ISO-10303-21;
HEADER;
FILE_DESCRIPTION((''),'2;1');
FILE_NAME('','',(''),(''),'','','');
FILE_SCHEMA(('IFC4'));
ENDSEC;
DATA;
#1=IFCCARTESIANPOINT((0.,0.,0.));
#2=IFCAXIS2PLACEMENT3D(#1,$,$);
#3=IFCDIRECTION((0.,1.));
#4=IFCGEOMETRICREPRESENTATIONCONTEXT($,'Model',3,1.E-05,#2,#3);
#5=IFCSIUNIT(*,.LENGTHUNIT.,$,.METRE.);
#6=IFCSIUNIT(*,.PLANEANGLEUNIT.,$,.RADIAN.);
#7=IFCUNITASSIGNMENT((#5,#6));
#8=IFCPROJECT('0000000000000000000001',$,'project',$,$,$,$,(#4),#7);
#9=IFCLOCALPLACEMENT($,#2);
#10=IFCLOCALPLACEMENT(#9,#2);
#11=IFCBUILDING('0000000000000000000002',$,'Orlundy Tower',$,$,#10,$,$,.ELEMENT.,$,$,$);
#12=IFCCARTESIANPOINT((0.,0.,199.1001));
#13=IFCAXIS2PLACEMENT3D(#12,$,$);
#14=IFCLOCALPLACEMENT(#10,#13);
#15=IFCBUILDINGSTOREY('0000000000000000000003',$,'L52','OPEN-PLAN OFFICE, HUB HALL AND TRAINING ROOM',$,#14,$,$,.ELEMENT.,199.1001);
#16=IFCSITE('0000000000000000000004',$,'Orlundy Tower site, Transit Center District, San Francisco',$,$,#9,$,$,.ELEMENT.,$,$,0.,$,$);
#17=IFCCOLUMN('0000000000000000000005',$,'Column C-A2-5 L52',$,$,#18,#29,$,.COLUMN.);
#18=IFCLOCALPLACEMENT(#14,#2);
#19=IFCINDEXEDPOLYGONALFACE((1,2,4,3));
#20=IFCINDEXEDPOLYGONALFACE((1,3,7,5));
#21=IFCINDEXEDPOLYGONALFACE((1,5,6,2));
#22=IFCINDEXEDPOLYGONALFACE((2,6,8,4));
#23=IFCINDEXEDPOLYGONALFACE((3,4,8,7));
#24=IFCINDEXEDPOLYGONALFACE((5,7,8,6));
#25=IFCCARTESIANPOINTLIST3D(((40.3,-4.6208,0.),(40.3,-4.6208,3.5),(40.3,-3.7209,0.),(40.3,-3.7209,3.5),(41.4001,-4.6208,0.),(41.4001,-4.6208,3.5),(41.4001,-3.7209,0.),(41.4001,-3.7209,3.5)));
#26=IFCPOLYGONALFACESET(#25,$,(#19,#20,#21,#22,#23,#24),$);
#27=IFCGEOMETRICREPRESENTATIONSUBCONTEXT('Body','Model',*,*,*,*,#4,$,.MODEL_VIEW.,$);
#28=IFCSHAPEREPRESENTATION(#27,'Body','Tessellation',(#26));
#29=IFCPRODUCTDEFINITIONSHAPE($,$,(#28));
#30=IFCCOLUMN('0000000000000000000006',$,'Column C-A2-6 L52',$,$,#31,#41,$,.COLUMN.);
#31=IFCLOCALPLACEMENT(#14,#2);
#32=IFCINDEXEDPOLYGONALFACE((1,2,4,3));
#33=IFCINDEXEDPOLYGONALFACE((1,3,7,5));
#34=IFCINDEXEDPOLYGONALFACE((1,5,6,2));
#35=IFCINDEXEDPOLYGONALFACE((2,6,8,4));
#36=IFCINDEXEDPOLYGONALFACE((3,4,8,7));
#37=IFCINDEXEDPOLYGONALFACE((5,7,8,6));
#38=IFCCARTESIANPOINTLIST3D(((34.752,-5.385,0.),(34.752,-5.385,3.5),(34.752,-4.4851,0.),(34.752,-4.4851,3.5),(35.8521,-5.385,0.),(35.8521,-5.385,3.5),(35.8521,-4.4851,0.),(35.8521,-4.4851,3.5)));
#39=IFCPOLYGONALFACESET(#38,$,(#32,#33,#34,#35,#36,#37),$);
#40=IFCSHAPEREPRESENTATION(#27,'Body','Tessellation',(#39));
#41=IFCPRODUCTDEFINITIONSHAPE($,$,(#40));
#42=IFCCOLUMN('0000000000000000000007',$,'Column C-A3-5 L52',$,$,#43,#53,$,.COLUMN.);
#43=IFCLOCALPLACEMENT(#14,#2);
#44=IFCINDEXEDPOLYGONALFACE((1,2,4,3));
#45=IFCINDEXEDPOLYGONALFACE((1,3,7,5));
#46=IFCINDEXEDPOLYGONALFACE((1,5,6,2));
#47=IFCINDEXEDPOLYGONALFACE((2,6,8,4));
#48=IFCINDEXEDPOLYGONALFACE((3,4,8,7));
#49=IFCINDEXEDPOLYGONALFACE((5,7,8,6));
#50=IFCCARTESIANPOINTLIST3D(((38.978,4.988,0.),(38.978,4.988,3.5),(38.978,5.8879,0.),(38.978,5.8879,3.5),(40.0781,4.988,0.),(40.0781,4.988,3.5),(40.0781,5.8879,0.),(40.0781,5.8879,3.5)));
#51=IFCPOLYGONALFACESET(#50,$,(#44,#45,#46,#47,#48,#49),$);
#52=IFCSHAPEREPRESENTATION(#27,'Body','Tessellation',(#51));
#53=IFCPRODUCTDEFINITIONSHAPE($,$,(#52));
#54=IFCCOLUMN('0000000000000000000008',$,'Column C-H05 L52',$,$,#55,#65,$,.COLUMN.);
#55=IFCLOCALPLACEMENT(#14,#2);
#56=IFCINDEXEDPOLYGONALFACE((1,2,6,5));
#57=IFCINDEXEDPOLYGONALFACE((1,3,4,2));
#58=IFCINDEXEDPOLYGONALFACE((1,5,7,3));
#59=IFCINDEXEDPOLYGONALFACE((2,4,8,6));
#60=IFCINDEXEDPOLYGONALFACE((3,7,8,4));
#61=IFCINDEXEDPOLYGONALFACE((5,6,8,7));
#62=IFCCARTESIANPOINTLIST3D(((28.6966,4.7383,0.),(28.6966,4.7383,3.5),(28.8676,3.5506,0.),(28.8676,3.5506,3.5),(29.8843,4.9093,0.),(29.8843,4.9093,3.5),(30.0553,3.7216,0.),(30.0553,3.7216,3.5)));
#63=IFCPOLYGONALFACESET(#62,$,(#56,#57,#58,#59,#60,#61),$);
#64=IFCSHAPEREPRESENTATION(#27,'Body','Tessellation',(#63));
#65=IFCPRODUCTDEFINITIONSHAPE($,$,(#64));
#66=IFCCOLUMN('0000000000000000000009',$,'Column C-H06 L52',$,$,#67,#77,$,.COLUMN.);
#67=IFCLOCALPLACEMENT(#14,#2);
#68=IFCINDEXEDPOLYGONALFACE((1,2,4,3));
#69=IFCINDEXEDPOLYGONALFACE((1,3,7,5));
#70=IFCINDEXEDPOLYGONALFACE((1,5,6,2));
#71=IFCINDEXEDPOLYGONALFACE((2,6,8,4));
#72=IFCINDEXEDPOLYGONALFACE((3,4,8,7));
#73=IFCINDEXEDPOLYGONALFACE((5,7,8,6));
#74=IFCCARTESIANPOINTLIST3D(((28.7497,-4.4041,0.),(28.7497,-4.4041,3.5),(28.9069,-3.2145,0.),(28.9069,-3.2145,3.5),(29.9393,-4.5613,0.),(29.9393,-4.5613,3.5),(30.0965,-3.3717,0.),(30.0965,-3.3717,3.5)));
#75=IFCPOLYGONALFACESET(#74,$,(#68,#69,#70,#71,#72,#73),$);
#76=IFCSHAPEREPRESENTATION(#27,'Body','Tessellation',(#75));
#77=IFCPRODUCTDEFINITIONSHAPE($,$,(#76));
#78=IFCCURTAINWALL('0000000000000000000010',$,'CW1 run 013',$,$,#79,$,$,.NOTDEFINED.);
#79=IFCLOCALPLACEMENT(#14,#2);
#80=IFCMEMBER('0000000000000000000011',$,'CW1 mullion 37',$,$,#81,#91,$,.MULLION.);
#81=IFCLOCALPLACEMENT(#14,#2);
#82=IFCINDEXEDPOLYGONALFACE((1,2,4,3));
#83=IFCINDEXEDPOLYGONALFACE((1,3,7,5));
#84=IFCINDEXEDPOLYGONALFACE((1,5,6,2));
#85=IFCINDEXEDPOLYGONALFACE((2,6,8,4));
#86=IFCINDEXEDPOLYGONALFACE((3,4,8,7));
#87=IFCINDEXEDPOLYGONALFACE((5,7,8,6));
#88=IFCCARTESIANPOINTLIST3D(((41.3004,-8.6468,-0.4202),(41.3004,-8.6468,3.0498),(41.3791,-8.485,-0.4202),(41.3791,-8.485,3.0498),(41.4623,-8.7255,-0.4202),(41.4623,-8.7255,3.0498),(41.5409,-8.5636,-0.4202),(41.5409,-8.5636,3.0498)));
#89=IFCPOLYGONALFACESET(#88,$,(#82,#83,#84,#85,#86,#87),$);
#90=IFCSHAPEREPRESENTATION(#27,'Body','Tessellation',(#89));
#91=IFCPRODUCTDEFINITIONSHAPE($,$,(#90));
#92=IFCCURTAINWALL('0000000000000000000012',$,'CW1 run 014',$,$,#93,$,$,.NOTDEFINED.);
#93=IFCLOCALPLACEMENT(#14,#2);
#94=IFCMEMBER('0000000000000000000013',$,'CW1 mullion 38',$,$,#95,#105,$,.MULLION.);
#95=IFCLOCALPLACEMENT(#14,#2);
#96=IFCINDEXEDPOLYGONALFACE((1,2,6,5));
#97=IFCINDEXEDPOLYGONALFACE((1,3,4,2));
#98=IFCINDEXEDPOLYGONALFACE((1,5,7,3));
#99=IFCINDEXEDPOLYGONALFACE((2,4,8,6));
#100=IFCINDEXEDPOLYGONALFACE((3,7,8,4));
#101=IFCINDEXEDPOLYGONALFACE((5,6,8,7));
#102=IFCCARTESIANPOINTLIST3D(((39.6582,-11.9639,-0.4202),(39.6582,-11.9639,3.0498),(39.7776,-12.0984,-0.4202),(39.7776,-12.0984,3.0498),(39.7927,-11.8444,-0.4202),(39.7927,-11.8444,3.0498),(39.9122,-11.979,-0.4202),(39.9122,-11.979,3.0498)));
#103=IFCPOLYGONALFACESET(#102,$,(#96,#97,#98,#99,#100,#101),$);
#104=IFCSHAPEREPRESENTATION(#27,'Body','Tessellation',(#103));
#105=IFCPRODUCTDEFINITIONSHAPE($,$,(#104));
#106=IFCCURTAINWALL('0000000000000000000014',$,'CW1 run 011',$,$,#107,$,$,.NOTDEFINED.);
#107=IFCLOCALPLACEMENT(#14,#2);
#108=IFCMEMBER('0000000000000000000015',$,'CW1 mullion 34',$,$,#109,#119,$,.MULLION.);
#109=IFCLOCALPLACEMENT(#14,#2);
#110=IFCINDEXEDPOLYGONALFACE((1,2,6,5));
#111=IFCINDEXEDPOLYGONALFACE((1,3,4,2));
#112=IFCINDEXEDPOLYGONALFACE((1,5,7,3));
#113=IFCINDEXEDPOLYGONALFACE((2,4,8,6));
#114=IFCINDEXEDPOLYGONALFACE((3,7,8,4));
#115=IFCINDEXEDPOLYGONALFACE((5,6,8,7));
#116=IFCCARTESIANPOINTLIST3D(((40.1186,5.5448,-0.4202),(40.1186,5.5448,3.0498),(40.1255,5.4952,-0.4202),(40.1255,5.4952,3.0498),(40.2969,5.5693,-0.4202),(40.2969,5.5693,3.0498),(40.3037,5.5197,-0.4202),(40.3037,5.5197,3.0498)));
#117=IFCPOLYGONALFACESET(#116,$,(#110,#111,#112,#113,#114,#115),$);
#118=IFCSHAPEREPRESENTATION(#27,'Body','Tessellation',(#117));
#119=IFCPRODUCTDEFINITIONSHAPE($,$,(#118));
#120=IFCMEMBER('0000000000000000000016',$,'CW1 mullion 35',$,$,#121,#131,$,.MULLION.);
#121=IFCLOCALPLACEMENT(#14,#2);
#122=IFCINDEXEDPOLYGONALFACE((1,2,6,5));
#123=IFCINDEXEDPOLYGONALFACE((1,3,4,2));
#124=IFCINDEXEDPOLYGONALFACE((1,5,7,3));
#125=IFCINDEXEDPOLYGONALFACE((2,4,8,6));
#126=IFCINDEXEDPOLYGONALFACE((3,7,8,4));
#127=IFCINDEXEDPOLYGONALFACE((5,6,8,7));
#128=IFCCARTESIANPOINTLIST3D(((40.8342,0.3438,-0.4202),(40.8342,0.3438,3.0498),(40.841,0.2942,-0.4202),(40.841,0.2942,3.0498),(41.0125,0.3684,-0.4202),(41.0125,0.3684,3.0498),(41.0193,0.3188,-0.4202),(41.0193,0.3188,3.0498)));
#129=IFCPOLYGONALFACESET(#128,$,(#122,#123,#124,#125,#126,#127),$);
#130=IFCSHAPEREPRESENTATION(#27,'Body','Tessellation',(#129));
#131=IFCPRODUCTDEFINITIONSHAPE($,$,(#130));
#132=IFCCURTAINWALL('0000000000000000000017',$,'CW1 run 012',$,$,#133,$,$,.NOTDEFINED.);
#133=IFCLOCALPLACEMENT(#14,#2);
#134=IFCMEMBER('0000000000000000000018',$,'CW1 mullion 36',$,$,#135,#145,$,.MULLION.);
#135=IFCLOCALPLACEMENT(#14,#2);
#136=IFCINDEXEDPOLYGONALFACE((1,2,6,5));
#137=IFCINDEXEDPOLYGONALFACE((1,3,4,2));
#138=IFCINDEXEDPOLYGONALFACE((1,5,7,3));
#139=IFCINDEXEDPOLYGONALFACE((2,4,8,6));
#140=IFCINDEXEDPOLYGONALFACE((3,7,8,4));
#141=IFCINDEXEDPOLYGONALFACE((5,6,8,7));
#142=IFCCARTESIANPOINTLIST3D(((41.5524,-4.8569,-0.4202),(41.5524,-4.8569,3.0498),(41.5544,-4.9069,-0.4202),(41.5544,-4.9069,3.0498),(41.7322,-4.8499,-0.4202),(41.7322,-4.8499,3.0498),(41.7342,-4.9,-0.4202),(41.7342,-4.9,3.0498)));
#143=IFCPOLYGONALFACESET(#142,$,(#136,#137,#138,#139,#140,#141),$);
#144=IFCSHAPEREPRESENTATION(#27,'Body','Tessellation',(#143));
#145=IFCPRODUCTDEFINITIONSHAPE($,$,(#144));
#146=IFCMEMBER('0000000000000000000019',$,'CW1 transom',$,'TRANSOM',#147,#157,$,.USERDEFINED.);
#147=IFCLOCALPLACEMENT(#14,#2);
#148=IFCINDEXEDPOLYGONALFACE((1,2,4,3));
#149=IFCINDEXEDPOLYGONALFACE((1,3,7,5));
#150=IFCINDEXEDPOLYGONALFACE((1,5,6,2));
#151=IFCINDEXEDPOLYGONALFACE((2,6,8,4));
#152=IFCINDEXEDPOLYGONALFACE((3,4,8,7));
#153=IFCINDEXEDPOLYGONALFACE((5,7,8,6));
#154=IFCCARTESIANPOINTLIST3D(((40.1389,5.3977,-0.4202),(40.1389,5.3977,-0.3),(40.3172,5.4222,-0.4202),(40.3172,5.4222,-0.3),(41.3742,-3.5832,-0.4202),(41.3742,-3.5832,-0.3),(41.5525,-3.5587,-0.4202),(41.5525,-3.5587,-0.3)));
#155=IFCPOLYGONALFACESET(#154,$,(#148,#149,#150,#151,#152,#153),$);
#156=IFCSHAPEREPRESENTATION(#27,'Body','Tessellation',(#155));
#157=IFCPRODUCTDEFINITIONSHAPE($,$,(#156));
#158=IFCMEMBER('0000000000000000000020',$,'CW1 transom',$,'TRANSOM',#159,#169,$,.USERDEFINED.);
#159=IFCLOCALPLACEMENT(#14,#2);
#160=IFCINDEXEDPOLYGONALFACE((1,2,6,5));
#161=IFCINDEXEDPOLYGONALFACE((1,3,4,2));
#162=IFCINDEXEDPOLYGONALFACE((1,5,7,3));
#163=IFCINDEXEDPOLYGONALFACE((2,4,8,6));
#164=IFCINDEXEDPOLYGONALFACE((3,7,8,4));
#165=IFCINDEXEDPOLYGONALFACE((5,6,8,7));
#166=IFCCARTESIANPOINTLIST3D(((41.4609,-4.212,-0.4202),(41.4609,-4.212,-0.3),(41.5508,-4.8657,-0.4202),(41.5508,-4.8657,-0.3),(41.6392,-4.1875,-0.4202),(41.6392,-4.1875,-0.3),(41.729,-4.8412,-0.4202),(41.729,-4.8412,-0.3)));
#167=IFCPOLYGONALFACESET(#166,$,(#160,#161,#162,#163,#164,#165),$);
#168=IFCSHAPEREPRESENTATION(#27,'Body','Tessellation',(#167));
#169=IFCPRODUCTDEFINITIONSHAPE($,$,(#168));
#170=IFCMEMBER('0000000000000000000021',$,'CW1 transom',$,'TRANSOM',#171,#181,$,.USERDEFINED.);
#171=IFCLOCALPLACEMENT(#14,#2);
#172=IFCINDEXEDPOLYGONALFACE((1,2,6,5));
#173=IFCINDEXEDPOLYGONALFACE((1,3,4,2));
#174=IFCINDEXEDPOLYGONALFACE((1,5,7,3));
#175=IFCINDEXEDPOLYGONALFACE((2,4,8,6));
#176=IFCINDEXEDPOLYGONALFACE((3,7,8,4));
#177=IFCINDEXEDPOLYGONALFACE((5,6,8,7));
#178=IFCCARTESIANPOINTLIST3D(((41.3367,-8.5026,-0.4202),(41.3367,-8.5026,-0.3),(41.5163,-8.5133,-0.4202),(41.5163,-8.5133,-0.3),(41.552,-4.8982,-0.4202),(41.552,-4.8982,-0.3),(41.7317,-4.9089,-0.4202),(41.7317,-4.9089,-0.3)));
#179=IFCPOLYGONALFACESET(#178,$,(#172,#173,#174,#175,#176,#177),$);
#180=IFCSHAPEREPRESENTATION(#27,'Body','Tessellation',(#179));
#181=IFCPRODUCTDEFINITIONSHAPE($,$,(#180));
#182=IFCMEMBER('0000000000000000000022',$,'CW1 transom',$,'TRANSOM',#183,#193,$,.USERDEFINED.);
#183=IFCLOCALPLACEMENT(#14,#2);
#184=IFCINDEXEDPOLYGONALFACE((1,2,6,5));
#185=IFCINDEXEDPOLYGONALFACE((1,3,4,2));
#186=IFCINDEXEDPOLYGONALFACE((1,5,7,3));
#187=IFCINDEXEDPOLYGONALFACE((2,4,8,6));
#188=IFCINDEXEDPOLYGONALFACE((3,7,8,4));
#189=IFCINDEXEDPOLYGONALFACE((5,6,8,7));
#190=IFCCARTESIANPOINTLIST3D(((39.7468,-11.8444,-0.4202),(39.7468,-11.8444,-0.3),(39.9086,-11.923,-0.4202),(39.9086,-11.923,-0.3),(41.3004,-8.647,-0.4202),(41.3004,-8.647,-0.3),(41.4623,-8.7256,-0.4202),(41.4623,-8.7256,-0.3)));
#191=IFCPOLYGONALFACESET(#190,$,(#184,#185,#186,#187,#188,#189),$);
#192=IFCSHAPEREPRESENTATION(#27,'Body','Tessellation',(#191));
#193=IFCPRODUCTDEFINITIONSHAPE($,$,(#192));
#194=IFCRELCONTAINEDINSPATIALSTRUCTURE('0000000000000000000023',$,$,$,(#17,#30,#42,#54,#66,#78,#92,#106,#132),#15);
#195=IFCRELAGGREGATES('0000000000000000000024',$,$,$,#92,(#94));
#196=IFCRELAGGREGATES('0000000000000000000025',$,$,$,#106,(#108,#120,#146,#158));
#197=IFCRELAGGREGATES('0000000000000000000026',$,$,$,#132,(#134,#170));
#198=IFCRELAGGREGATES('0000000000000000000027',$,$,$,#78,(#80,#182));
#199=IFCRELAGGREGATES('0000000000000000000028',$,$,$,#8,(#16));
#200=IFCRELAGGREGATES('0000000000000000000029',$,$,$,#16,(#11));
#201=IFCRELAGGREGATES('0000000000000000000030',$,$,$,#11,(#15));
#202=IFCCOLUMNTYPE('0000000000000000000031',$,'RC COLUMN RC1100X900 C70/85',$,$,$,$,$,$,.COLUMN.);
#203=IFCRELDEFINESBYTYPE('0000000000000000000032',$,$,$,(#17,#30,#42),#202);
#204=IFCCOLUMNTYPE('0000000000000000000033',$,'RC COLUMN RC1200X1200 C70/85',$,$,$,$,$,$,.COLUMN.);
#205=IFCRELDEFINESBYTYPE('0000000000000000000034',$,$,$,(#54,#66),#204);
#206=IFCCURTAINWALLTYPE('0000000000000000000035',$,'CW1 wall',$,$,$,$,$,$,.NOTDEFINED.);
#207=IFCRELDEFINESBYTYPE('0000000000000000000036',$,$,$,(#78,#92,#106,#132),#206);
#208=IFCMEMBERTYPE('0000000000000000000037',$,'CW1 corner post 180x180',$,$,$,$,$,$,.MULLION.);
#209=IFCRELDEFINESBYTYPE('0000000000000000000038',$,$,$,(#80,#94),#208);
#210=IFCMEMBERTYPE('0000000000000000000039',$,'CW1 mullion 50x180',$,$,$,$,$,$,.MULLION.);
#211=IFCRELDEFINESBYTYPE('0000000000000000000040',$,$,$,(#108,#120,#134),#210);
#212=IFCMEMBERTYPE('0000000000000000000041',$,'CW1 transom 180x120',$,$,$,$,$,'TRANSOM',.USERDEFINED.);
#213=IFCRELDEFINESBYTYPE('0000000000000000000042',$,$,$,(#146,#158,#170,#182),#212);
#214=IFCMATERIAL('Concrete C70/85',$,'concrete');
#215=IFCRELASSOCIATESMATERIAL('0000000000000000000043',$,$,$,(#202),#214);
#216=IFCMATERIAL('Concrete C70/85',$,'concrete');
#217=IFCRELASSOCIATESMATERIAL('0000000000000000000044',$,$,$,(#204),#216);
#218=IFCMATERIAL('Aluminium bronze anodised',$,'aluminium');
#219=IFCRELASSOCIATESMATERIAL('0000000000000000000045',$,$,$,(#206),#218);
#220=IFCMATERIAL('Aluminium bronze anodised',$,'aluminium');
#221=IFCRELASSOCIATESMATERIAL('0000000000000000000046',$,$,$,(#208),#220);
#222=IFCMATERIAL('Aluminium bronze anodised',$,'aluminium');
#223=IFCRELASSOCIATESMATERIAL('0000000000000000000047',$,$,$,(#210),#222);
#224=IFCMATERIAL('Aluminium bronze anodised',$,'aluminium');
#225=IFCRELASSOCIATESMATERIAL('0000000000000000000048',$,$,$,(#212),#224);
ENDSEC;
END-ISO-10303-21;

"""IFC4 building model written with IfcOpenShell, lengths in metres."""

from ifc_helpers import new_model, si_unit, direction, frame, origin, origin_2d, place, context, subcontext, project, spatial, rectangle, extrude, material, material_profile, profile_set, type_object, element, aggregate, save


model = new_model("IFC4")

# Units and contexts
model_context = context("Model", 3, precision=1e-05, world=origin(), true_north=direction((0.0, 1.0)))
body_context = subcontext(model_context, "Body", "Model", "MODEL_VIEW")
ifc_project = project(units=[si_unit("LENGTHUNIT", "METRE"), si_unit("PLANEANGLEUNIT", "RADIAN")], contexts=[model_context])

# Site, building, storey
site_placement = place(None, origin())
site = spatial("IfcSite", under=ifc_project, at=site_placement, Name="Orlundy Tower site, Transit Center District, San Francisco", CompositionType="ELEMENT", RefElevation=0.0)
building_placement = place(site_placement, origin())
building = spatial("IfcBuilding", under=site, at=building_placement, Name="Orlundy Tower", CompositionType="ELEMENT")
storey_placement = place(building_placement, frame((0.0, 0.0, 199.1001)))
storey = spatial("IfcBuildingStorey", under=building, at=storey_placement, Name="L52", Description="OPEN-PLAN OFFICE, HUB HALL AND TRAINING ROOM", CompositionType="ELEMENT", Elevation=199.1001)

# Columns
ifc_material_1 = material(Name="Concrete C70/85", Category="concrete")
ifc_material_profile_1 = material_profile(ifc_material_1, rectangle(XDim=1.1001, YDim=0.8999, at=origin_2d()), Name="RC1100X900")
ifc_profile_set_1 = profile_set([ifc_material_profile_1], Name="Concrete C70/85")
column_type_1 = type_object("IfcColumnType", Name="RC COLUMN RC1100X900 C70/85", PredefinedType="COLUMN", material=ifc_profile_set_1)
for number, where, z_axis, x_axis, name in (
    (1, (40.8501, -4.1709, 0.0), (0.0, 0.0, 1.0), (1.0, 0.0, 0.0), "Column C-A2-5 L52"),
    (2, (35.302, -4.9351, 0.0), (0.0, 0.0, 1.0), (1.0, 0.0, 0.0), "Column C-A2-6 L52"),
    (3, (39.5281, 5.438, 0.0), (0.0, 0.0, 1.0), (1.0, 0.0, 0.0), "Column C-A3-5 L52"),
):
    element("IfcColumn", number, at=place(storey_placement, frame(where, z_axis=z_axis, x_axis=x_axis)), inside=storey, type_object=column_type_1, Name=name, PredefinedType="COLUMN", context=body_context, shape_type="SweptSolid", body=[
        extrude(rectangle(XDim=1.1001, YDim=0.8999, at=origin_2d()), origin(), (0.0, 0.0, 1.0), 3.5),
    ])
ifc_material_2 = material(Name="Concrete C70/85", Category="concrete")
ifc_material_profile_2 = material_profile(ifc_material_2, rectangle(XDim=1.2, YDim=1.2, at=origin_2d()), Name="RC1200X1200")
ifc_profile_set_2 = profile_set([ifc_material_profile_2], Name="Concrete C70/85")
column_type_2 = type_object("IfcColumnType", Name="RC COLUMN RC1200X1200 C70/85", PredefinedType="COLUMN", material=ifc_profile_set_2)
for number, where, z_axis, x_axis, name in (
    (4, (29.376, 4.23, 0.0), (0.0, 0.0, 1.0), (0.989791, 0.142525, 0.0), "Column C-H05 L52"),
    (5, (29.4231, -3.8879, 0.0), (0.0, 0.0, 1.0), (0.991381, -0.131011, 0.0), "Column C-H06 L52"),
):
    element("IfcColumn", number, at=place(storey_placement, frame(where, z_axis=z_axis, x_axis=x_axis)), inside=storey, type_object=column_type_2, Name=name, PredefinedType="COLUMN", context=body_context, shape_type="SweptSolid", body=[
        extrude(rectangle(XDim=1.2, YDim=1.2, at=origin_2d()), origin(), (0.0, 0.0, 1.0), 3.5),
    ])

# Curtain walls, members
ifc_material_3 = material(Name="Aluminium bronze anodised", Category="aluminium")
curtain_wall_type = type_object("IfcCurtainWallType", Name="CW1 wall", PredefinedType="NOTDEFINED", material=ifc_material_3)
curtain_wall_1_placement = place(storey_placement, origin())
curtain_wall_1 = element("IfcCurtainWall", 6, at=curtain_wall_1_placement, inside=storey, type_object=curtain_wall_type, Name="CW1 run 013", PredefinedType="NOTDEFINED")
ifc_material_4 = material(Name="Aluminium bronze anodised", Category="aluminium")
ifc_material_profile_3 = material_profile(ifc_material_4, rectangle(XDim=0.1799, YDim=0.1799, at=origin_2d()), Name="CW1 corner post 180x180")
ifc_profile_set_3 = profile_set([ifc_material_profile_3], Name="Aluminium bronze anodised")
member_type_1 = type_object("IfcMemberType", Name="CW1 corner post 180x180", PredefinedType="MULLION", material=ifc_profile_set_3)
member_1_placement = place(storey_placement, frame((41.4207, -8.6052, -0.4202), z_axis=(0.0, 0.0, 1.0), x_axis=(0.899442, -0.437041, 0.0)))
member_1 = element("IfcMember", 7, at=member_1_placement, type_object=member_type_1, Name="CW1 mullion 37", PredefinedType="MULLION", context=body_context, shape_type="SweptSolid", body=[
    extrude(rectangle(XDim=0.1799, YDim=0.1799, at=origin_2d()), origin(), (0.0, 0.0, 1.0), 3.47),
])
curtain_wall_2_placement = place(storey_placement, origin())
curtain_wall_2 = element("IfcCurtainWall", 8, at=curtain_wall_2_placement, inside=storey, type_object=curtain_wall_type, Name="CW1 run 014", PredefinedType="NOTDEFINED")
member_2_placement = place(storey_placement, frame((39.7852, -11.9714, -0.4202), z_axis=(0.0, 0.0, 1.0), x_axis=(0.663761, -0.747945, 0.0)))
member_2 = element("IfcMember", 9, at=member_2_placement, type_object=member_type_1, Name="CW1 mullion 38", PredefinedType="MULLION", context=body_context, shape_type="SweptSolid", body=[
    extrude(rectangle(XDim=0.1799, YDim=0.1799, at=origin_2d()), origin(), (0.0, 0.0, 1.0), 3.47),
])
aggregate(curtain_wall_2, [member_2])

# Curtain wall, members
curtain_wall_3_placement = place(storey_placement, origin())
curtain_wall_3 = element("IfcCurtainWall", 10, at=curtain_wall_3_placement, inside=storey, type_object=curtain_wall_type, Name="CW1 run 011", PredefinedType="NOTDEFINED")
ifc_material_5 = material(Name="Aluminium bronze anodised", Category="aluminium")
ifc_material_profile_4 = material_profile(ifc_material_5, rectangle(XDim=0.1799, YDim=0.05, at=origin_2d()), Name="CW1 mullion 50x180")
ifc_profile_set_4 = profile_set([ifc_material_profile_4], Name="Aluminium bronze anodised")
member_type_2 = type_object("IfcMemberType", Name="CW1 mullion 50x180", PredefinedType="MULLION", material=ifc_profile_set_4)
member_3_placement = place(storey_placement, frame((40.2112, 5.5322, -0.4202), z_axis=(0.0, 0.0, 1.0), x_axis=(0.99067, 0.136286, 0.0)))
member_3 = element("IfcMember", 11, at=member_3_placement, type_object=member_type_2, Name="CW1 mullion 34", PredefinedType="MULLION", context=body_context, shape_type="SweptSolid", body=[
    extrude(rectangle(XDim=0.1799, YDim=0.05, at=origin_2d()), origin(), (0.0, 0.0, 1.0), 3.47),
])
member_4_placement = place(storey_placement, frame((40.9268, 0.3313, -0.4202), z_axis=(0.0, 0.0, 1.0), x_axis=(0.99067, 0.136286, 0.0)))
member_4 = element("IfcMember", 12, at=member_4_placement, type_object=member_type_2, Name="CW1 mullion 35", PredefinedType="MULLION", context=body_context, shape_type="SweptSolid", body=[
    extrude(rectangle(XDim=0.1799, YDim=0.05, at=origin_2d()), origin(), (0.0, 0.0, 1.0), 3.47),
])

# Curtain wall, member
curtain_wall_4_placement = place(storey_placement, origin())
curtain_wall_4 = element("IfcCurtainWall", 13, at=curtain_wall_4_placement, inside=storey, type_object=curtain_wall_type, Name="CW1 run 012", PredefinedType="NOTDEFINED")
member_5_placement = place(storey_placement, frame((41.6433, -4.8784, -0.4202), z_axis=(0.0, 0.0, 1.0), x_axis=(0.999258, 0.038517, 0.0)))
member_5 = element("IfcMember", 14, at=member_5_placement, type_object=member_type_2, Name="CW1 mullion 36", PredefinedType="MULLION", context=body_context, shape_type="SweptSolid", body=[
    extrude(rectangle(XDim=0.1799, YDim=0.05, at=origin_2d()), origin(), (0.0, 0.0, 1.0), 3.47),
])

# Members
ifc_material_6 = material(Name="Aluminium bronze anodised", Category="aluminium")
ifc_material_profile_5 = material_profile(ifc_material_6, rectangle(XDim=0.1799, YDim=0.1201, at=origin_2d()), Name="CW1 transom 180x120")
ifc_profile_set_5 = profile_set([ifc_material_profile_5], Name="Aluminium bronze anodised")
member_type_3 = type_object("IfcMemberType", Name="CW1 transom 180x120", ElementType="TRANSOM", PredefinedType="USERDEFINED", material=ifc_profile_set_5)
member_6_placement = place(storey_placement, frame((40.228, 5.4099, -0.3601), z_axis=(0.136269, -0.990672, 0.0), x_axis=(0.990672, 0.136269, 0.0)))
member_6 = element("IfcMember", 15, at=member_6_placement, type_object=member_type_3, Name="CW1 transom", ObjectType="TRANSOM", PredefinedType="USERDEFINED", context=body_context, shape_type="SweptSolid", body=[
    extrude(rectangle(XDim=0.1799, YDim=0.1201, at=origin_2d()), origin(), (0.0, 0.0, 1.0), 9.0654),
])
member_7_placement = place(storey_placement, frame((41.55, -4.1997, -0.3601), z_axis=(0.136137, -0.99069, 0.0), x_axis=(0.99069, 0.136137, 0.0)))
member_7 = element("IfcMember", 16, at=member_7_placement, type_object=member_type_3, Name="CW1 transom", ObjectType="TRANSOM", PredefinedType="USERDEFINED", context=body_context, shape_type="SweptSolid", body=[
    extrude(rectangle(XDim=0.1799, YDim=0.1201, at=origin_2d()), origin(), (0.0, 0.0, 1.0), 0.6599),
])
member_8_placement = place(storey_placement, frame((41.6418, -4.9036, -0.3601), z_axis=(-0.059634, -0.99822, 0.0), x_axis=(0.99822, -0.059634, 0.0)))
member_8 = element("IfcMember", 17, at=member_8_placement, type_object=member_type_3, Name="CW1 transom", ObjectType="TRANSOM", PredefinedType="USERDEFINED", context=body_context, shape_type="SweptSolid", body=[
    extrude(rectangle(XDim=0.1799, YDim=0.1201, at=origin_2d()), origin(), (0.0, 0.0, 1.0), 3.6108),
])
member_9_placement = place(storey_placement, frame((41.3813, -8.6863, -0.3601), z_axis=(-0.437048, -0.899438, 0.0), x_axis=(0.899438, -0.437048, 0.0)))
member_9 = element("IfcMember", 18, at=member_9_placement, type_object=member_type_3, Name="CW1 transom", ObjectType="TRANSOM", PredefinedType="USERDEFINED", context=body_context, shape_type="SweptSolid", body=[
    extrude(rectangle(XDim=0.1799, YDim=0.1201, at=origin_2d()), origin(), (0.0, 0.0, 1.0), 3.5549),
])

aggregate(curtain_wall_3, [member_3, member_4, member_6, member_7])
aggregate(curtain_wall_4, [member_5, member_8])
aggregate(curtain_wall_1, [member_1, member_9])

save(model, "model.ifc")
